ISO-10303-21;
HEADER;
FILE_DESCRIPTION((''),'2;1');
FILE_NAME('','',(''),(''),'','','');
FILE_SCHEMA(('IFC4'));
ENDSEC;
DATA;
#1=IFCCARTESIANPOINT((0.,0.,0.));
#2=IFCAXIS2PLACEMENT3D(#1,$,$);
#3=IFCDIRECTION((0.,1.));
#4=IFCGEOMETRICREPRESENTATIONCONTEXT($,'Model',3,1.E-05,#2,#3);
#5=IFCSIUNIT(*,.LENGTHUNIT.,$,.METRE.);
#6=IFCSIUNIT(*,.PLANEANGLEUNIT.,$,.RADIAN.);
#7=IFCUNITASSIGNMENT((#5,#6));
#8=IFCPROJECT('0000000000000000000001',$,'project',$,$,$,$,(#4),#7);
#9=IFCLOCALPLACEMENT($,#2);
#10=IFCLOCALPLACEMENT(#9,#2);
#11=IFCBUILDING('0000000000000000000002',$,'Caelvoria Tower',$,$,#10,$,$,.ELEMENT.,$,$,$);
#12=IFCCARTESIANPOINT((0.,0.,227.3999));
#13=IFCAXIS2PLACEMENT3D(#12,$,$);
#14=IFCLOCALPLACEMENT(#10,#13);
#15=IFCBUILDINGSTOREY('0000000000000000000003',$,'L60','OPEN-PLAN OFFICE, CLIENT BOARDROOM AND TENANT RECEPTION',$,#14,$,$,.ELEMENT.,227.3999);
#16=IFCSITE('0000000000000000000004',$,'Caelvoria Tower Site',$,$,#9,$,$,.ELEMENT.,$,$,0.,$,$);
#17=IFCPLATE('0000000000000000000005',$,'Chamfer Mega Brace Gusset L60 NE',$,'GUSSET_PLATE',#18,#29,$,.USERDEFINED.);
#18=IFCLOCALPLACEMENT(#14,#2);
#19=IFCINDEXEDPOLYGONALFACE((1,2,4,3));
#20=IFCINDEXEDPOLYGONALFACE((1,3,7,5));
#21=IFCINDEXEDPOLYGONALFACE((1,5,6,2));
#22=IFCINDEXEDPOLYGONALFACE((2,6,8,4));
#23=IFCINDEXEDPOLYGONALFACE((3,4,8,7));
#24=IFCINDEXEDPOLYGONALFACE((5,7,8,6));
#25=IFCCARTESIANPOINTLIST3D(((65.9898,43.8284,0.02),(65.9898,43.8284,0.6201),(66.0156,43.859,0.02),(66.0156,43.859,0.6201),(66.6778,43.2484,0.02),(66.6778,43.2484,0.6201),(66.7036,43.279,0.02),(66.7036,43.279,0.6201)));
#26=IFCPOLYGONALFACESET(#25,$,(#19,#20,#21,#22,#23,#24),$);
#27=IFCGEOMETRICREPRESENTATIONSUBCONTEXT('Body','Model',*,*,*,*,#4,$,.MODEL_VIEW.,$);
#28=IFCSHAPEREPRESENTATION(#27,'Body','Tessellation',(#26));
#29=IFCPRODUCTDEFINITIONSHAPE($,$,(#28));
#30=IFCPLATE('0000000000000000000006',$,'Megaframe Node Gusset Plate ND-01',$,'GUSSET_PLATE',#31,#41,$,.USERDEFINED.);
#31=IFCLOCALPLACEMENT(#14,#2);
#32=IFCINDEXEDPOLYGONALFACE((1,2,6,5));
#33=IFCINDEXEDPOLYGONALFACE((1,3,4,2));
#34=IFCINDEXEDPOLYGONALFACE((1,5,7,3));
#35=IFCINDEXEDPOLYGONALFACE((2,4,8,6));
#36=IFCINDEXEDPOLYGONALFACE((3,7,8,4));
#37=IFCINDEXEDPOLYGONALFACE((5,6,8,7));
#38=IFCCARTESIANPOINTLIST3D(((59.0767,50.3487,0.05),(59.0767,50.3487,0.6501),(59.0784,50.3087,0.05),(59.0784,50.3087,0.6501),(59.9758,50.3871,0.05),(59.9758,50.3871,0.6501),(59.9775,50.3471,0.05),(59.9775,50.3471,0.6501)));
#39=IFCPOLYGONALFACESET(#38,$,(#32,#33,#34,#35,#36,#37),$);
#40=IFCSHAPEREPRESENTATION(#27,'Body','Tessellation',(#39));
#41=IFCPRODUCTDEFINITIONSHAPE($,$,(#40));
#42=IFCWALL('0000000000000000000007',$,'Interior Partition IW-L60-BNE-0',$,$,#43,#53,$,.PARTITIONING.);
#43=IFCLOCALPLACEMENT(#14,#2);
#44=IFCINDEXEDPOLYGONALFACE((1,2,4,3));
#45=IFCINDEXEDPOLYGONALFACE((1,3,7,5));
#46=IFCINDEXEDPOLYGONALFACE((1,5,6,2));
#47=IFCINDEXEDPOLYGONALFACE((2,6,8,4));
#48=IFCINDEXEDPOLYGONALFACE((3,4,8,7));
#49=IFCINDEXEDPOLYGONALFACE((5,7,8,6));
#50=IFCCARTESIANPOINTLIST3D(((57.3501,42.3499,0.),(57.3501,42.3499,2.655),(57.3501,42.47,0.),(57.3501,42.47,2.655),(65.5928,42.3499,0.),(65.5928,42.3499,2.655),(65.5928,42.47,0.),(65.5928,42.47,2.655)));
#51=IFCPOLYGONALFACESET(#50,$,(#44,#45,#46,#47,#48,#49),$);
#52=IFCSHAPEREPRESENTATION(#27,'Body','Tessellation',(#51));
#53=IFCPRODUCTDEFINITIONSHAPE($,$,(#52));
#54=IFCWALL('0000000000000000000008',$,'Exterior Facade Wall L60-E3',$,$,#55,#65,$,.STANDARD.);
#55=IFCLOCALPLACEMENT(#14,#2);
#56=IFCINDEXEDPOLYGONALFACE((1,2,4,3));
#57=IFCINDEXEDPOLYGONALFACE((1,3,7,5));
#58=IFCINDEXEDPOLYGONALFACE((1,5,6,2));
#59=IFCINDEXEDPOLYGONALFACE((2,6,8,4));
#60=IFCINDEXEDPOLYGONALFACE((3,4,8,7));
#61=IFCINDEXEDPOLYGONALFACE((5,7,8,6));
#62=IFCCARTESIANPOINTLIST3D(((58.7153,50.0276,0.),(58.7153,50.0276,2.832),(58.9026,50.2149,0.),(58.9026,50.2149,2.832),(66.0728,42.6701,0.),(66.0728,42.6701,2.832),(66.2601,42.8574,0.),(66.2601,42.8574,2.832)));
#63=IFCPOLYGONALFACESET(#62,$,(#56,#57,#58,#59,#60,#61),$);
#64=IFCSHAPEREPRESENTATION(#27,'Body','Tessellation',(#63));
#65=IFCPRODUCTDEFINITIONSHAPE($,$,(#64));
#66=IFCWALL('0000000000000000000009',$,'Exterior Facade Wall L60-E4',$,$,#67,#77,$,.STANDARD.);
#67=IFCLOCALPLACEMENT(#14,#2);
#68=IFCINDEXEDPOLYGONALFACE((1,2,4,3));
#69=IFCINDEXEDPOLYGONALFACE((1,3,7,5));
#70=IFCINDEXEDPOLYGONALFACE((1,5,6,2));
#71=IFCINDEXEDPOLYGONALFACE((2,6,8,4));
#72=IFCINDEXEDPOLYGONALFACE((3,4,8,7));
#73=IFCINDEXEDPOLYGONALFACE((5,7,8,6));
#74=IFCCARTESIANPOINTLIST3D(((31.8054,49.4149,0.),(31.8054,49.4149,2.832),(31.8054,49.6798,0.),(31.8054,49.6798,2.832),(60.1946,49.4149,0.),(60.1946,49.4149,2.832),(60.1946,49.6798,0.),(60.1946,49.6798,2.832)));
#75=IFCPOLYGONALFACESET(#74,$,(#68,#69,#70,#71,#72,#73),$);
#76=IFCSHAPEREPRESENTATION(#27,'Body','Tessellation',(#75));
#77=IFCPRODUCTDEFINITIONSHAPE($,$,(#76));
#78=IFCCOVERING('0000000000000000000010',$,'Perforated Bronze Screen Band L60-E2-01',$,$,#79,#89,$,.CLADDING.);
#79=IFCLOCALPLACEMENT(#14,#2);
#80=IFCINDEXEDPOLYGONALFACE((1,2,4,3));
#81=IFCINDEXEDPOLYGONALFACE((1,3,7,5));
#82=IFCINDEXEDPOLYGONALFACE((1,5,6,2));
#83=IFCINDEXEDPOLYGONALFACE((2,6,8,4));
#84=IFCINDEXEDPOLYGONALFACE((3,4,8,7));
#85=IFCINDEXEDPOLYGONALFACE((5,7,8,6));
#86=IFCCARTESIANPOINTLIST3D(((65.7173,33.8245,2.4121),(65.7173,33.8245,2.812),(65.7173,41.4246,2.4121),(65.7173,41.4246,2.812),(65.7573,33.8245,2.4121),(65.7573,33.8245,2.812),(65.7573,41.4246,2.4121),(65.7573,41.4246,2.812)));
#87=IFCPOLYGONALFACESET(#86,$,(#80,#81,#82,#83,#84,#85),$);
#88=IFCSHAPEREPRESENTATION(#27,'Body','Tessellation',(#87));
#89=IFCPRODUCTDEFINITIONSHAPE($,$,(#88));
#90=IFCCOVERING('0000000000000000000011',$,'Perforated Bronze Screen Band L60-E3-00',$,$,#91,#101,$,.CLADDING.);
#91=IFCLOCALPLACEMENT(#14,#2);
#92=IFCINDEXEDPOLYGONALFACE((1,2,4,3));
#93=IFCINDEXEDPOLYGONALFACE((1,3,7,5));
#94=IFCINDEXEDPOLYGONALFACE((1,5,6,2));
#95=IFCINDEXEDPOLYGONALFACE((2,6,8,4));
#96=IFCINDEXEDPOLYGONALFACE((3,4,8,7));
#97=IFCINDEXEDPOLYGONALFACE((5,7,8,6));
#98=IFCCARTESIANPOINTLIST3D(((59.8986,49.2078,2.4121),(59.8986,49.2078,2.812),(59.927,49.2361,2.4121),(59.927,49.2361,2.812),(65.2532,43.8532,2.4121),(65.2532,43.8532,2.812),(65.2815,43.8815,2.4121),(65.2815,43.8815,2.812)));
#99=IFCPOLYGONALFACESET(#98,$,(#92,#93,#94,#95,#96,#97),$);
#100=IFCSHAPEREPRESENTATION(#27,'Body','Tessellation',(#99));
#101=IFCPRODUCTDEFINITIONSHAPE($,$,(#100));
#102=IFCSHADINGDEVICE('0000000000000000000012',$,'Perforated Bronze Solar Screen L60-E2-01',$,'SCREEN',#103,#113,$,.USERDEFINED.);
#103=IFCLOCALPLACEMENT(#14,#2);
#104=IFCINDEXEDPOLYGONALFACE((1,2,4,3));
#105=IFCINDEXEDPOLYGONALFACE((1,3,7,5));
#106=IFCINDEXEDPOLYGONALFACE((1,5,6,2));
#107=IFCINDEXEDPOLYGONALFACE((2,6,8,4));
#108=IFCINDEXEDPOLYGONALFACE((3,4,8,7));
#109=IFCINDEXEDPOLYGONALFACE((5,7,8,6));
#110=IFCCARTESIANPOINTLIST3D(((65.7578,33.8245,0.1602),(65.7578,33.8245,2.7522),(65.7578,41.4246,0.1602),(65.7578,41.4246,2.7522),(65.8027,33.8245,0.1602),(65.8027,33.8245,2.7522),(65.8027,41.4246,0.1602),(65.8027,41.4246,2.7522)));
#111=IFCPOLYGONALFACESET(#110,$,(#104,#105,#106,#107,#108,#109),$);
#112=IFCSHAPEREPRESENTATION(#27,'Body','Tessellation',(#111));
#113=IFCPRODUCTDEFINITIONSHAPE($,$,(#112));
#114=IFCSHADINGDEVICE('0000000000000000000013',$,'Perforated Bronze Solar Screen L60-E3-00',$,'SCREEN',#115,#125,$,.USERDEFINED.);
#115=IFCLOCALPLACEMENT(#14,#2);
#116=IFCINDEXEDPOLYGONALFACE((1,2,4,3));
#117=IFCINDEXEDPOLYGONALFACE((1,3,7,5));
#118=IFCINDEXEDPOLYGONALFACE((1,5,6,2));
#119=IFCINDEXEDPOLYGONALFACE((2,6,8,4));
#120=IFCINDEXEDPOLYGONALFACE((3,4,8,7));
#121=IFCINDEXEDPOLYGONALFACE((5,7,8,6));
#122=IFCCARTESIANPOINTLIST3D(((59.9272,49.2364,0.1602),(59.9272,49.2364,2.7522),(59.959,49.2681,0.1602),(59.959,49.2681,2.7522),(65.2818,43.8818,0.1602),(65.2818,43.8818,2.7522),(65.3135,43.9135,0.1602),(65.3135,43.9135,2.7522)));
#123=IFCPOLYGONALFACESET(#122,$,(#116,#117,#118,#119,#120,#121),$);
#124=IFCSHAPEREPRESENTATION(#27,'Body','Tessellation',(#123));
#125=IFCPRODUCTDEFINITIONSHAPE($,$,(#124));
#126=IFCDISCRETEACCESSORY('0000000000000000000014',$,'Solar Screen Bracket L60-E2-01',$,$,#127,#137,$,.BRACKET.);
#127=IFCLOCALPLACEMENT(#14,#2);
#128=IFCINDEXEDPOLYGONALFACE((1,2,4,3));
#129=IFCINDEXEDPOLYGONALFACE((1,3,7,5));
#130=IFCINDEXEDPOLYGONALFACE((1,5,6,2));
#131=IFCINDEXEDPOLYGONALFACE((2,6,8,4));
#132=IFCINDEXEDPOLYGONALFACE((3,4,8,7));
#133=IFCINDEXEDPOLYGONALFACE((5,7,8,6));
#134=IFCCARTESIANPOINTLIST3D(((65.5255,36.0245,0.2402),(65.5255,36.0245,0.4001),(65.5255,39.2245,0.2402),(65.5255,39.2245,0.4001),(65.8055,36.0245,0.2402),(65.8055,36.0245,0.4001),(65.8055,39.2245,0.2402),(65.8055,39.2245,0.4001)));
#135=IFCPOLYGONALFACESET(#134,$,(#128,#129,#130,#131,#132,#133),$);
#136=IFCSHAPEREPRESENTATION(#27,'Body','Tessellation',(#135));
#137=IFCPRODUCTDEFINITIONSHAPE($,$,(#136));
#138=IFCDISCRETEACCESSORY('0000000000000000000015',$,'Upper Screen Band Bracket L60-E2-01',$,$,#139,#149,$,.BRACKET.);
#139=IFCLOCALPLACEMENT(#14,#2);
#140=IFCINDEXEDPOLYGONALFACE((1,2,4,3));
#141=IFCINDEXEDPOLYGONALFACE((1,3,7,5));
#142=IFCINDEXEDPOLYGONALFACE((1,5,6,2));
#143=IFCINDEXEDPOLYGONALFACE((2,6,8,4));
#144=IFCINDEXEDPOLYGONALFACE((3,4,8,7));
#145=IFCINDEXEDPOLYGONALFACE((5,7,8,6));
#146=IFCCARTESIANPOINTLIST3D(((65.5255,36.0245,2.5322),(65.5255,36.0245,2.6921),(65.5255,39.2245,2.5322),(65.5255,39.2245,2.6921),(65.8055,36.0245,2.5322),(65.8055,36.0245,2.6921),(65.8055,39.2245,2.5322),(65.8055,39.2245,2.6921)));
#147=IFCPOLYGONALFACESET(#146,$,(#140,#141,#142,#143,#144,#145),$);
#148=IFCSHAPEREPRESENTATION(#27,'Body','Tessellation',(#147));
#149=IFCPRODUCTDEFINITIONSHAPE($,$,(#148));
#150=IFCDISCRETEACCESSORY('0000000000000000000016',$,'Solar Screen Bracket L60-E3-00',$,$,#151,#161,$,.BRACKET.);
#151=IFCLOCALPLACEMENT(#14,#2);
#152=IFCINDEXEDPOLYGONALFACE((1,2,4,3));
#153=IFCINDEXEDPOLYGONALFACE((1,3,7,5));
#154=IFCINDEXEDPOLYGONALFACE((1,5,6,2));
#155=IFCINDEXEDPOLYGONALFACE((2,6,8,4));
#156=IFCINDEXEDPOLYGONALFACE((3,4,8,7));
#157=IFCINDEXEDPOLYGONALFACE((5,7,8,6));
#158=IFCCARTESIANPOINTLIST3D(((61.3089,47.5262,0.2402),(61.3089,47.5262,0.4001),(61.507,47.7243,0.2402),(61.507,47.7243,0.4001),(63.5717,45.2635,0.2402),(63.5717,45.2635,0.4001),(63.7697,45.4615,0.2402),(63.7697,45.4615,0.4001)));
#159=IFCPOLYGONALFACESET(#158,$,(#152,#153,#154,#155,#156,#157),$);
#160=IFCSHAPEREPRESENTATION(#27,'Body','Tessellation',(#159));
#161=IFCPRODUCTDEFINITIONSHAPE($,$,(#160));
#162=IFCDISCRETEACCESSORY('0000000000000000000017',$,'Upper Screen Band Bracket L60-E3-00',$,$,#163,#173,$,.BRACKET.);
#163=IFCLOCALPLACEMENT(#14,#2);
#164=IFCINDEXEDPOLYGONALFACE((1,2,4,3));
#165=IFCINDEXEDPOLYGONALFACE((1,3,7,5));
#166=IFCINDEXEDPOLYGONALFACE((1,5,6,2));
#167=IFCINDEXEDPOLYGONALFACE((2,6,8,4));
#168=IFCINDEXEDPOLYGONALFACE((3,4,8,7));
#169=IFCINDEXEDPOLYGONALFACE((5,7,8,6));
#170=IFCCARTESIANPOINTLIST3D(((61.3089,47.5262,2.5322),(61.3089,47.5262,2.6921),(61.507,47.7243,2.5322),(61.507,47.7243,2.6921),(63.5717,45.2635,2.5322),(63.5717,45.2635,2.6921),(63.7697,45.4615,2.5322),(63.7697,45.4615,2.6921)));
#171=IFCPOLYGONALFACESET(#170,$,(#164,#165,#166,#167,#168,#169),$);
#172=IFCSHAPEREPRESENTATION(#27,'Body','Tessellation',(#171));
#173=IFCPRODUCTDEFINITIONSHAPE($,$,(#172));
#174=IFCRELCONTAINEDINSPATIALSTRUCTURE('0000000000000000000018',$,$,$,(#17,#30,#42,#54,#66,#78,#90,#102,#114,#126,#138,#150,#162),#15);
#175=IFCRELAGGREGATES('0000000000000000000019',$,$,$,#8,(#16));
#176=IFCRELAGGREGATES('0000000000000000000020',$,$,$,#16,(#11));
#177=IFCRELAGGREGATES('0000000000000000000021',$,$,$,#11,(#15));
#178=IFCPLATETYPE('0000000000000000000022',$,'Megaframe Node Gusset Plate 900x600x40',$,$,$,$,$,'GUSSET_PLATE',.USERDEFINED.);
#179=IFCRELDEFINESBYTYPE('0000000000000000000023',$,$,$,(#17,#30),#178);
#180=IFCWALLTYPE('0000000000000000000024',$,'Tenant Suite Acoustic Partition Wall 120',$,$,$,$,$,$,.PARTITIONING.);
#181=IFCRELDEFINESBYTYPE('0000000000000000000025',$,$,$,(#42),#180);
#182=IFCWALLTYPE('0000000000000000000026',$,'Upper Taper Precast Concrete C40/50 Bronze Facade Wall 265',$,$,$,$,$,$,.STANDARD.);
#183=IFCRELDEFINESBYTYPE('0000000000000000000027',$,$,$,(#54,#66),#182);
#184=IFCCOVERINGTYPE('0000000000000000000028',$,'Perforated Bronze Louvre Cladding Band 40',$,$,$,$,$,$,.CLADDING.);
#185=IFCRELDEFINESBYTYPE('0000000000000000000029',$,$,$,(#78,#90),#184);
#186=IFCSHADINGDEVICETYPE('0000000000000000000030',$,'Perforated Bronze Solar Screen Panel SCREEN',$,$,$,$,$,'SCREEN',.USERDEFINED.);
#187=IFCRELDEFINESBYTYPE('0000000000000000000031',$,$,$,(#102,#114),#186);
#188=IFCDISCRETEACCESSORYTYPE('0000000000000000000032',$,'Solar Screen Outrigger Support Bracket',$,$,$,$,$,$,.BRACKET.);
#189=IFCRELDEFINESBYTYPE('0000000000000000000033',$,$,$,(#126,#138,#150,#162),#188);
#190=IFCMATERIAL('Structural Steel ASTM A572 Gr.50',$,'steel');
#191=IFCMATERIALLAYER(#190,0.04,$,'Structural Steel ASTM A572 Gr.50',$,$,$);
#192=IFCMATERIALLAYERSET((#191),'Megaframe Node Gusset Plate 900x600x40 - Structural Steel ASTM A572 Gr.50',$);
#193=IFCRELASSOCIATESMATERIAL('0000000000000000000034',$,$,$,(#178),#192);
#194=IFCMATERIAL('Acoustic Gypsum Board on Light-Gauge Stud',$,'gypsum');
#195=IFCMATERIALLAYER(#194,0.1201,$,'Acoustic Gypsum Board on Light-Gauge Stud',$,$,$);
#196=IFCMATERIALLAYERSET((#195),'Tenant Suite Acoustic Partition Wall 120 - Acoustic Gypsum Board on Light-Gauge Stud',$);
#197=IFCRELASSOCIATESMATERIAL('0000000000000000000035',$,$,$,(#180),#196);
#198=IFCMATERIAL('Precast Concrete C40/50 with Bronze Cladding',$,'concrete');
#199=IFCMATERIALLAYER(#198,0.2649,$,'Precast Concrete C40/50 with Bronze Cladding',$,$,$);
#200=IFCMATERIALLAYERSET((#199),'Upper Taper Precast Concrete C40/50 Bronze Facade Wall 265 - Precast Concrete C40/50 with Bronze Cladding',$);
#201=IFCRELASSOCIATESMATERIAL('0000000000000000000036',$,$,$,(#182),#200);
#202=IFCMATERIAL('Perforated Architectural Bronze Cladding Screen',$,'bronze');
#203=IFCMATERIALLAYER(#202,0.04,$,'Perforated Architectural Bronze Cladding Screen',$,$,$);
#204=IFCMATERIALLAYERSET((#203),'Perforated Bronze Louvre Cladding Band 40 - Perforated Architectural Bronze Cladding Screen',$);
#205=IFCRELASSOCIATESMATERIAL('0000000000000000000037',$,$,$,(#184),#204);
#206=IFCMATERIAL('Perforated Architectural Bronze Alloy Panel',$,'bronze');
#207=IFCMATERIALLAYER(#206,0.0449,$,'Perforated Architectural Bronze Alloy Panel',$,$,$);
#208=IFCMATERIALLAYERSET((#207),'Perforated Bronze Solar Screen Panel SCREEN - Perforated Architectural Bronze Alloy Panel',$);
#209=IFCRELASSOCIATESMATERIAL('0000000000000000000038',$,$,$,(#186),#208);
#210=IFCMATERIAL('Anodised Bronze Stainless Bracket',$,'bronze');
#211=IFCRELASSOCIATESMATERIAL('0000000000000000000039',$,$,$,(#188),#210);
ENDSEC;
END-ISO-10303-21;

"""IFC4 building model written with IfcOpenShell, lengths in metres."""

from ifc_helpers import new_model, si_unit, direction, frame, frame_2d, origin, origin_2d, place, context, subcontext, project, spatial, rectangle, extrude, material, layer, layer_set, type_object, element, save


model = new_model("IFC4")

# Units and contexts
model_context = context("Model", 3, precision=1e-05, world=origin(), true_north=direction((0.0, 1.0)))
body_context = subcontext(model_context, "Body", "Model", "MODEL_VIEW")
ifc_project = project(units=[si_unit("LENGTHUNIT", "METRE"), si_unit("PLANEANGLEUNIT", "RADIAN")], contexts=[model_context])

# Site, building, storey
site_placement = place(None, origin())
site = spatial("IfcSite", under=ifc_project, at=site_placement, Name="Caelvoria Tower Site", CompositionType="ELEMENT", RefElevation=0.0)
building_placement = place(site_placement, origin())
building = spatial("IfcBuilding", under=site, at=building_placement, Name="Caelvoria Tower", CompositionType="ELEMENT")
storey_placement = place(building_placement, frame((0.0, 0.0, 227.3999)))
storey = spatial("IfcBuildingStorey", under=building, at=storey_placement, Name="L60", Description="OPEN-PLAN OFFICE, CLIENT BOARDROOM AND TENANT RECEPTION", CompositionType="ELEMENT", Elevation=227.3999)

# Shared definitions
ifc_material_1 = material(Name="Structural Steel ASTM A572 Gr.50", Category="steel")

# Plates
ifc_layer_1 = layer(ifc_material_1, 0.04, Name="Structural Steel ASTM A572 Gr.50")
ifc_layer_set_1 = layer_set([ifc_layer_1], Name="Megaframe Node Gusset Plate 900x600x40 - Structural Steel ASTM A572 Gr.50")
plate_type = type_object("IfcPlateType", Name="Megaframe Node Gusset Plate 900x600x40", ElementType="GUSSET_PLATE", PredefinedType="USERDEFINED", material=ifc_layer_set_1)
for number, where, z_axis, x_axis, name in (
    (1, (66.3467, 43.5537, 0.02), (0.0, 0.0, 1.0), (-0.764533, 0.644584, 0.0), "Chamfer Mega Brace Gusset L60 NE"),
    (2, (59.5271, 50.3479, 0.05), (0.0, 0.0, 1.0), (-0.999092, -0.042608, 0.0), "Megaframe Node Gusset Plate ND-01"),
):
    element("IfcPlate", number, at=place(storey_placement, frame(where, z_axis=z_axis, x_axis=x_axis)), inside=storey, type_object=plate_type, Name=name, ObjectType="GUSSET_PLATE", PredefinedType="USERDEFINED", context=body_context, shape_type="SweptSolid", body=[
        extrude(rectangle(XDim=0.8999, YDim=0.04, at=origin_2d()), origin(), (0.0, 0.0, 1.0), 0.6001),
    ])

# Walls
ifc_material_2 = material(Name="Acoustic Gypsum Board on Light-Gauge Stud", Category="gypsum")
ifc_layer_2 = layer(ifc_material_2, 0.1201, Name="Acoustic Gypsum Board on Light-Gauge Stud")
ifc_layer_set_2 = layer_set([ifc_layer_2], Name="Tenant Suite Acoustic Partition Wall 120 - Acoustic Gypsum Board on Light-Gauge Stud")
wall_type_1 = type_object("IfcWallType", Name="Tenant Suite Acoustic Partition Wall 120", PredefinedType="PARTITIONING", material=ifc_layer_set_2)
wall_1_placement = place(storey_placement, frame((57.3501, 42.4099, 0.0), z_axis=(0.0, 0.0, 1.0), x_axis=(1.0, 0.0, 0.0)))
element("IfcWall", 3, at=wall_1_placement, inside=storey, type_object=wall_type_1, Name="Interior Partition IW-L60-BNE-0", PredefinedType="PARTITIONING", context=body_context, shape_type="SweptSolid", body=[
    extrude(rectangle(XDim=8.2427, YDim=0.1201, at=frame_2d((4.1213, 0.0))), origin(), (0.0, 0.0, 1.0), 2.655),
])
ifc_material_3 = material(Name="Precast Concrete C40/50 with Bronze Cladding", Category="concrete")
ifc_layer_3 = layer(ifc_material_3, 0.2649, Name="Precast Concrete C40/50 with Bronze Cladding")
ifc_layer_set_3 = layer_set([ifc_layer_3], Name="Upper Taper Precast Concrete C40/50 Bronze Facade Wall 265 - Precast Concrete C40/50 with Bronze Cladding")
wall_type_2 = type_object("IfcWallType", Name="Upper Taper Precast Concrete C40/50 Bronze Facade Wall 265", PredefinedType="STANDARD", material=ifc_layer_set_3)
wall_2_placement = place(storey_placement, frame((66.1665, 42.7637, 0.0), z_axis=(0.0, 0.0, 1.0), x_axis=(-0.707107, 0.707107, 0.0)))
element("IfcWall", 4, at=wall_2_placement, inside=storey, type_object=wall_type_2, Name="Exterior Facade Wall L60-E3", PredefinedType="STANDARD", context=body_context, shape_type="SweptSolid", body=[
    extrude(rectangle(XDim=10.405, YDim=0.2649, at=frame_2d((5.2026, 0.0))), origin(), (0.0, 0.0, 1.0), 2.832),
])
wall_3_placement = place(storey_placement, frame((60.1946, 49.5474, 0.0), z_axis=(0.0, 0.0, 1.0), x_axis=(-1.0, 0.0, 0.0)))
element("IfcWall", 5, at=wall_3_placement, inside=storey, type_object=wall_type_2, Name="Exterior Facade Wall L60-E4", PredefinedType="STANDARD", context=body_context, shape_type="SweptSolid", body=[
    extrude(rectangle(XDim=28.3892, YDim=0.2649, at=frame_2d((14.1946, 0.0))), origin(), (0.0, 0.0, 1.0), 2.832),
])

# Coverings
ifc_material_4 = material(Name="Perforated Architectural Bronze Cladding Screen", Category="bronze")
ifc_layer_4 = layer(ifc_material_4, 0.04, Name="Perforated Architectural Bronze Cladding Screen")
ifc_layer_set_4 = layer_set([ifc_layer_4], Name="Perforated Bronze Louvre Cladding Band 40 - Perforated Architectural Bronze Cladding Screen")
covering_type = type_object("IfcCoveringType", Name="Perforated Bronze Louvre Cladding Band 40", PredefinedType="CLADDING", material=ifc_layer_set_4)
covering_1_placement = place(storey_placement, frame((65.7373, 37.6245, 2.4121), z_axis=(0.0, 0.0, 1.0), x_axis=(0.0, 1.0, 0.0)))
element("IfcCovering", 6, at=covering_1_placement, inside=storey, type_object=covering_type, Name="Perforated Bronze Screen Band L60-E2-01", PredefinedType="CLADDING", context=body_context, shape_type="SweptSolid", body=[
    extrude(rectangle(XDim=7.6001, YDim=0.04, at=origin_2d()), origin(), (0.0, 0.0, 1.0), 0.3999),
])
covering_2_placement = place(storey_placement, frame((62.5901, 46.5447, 2.4121), z_axis=(0.0, 0.0, 1.0), x_axis=(-0.707107, 0.707107, 0.0)))
element("IfcCovering", 7, at=covering_2_placement, inside=storey, type_object=covering_type, Name="Perforated Bronze Screen Band L60-E3-00", PredefinedType="CLADDING", context=body_context, shape_type="SweptSolid", body=[
    extrude(rectangle(XDim=7.5725, YDim=0.04, at=origin_2d()), origin(), (0.0, 0.0, 1.0), 0.3999),
])

# Shading devices
ifc_material_5 = material(Name="Perforated Architectural Bronze Alloy Panel", Category="bronze")
ifc_layer_5 = layer(ifc_material_5, 0.0449, Name="Perforated Architectural Bronze Alloy Panel")
ifc_layer_set_5 = layer_set([ifc_layer_5], Name="Perforated Bronze Solar Screen Panel SCREEN - Perforated Architectural Bronze Alloy Panel")
shading_device_type = type_object("IfcShadingDeviceType", Name="Perforated Bronze Solar Screen Panel SCREEN", ElementType="SCREEN", PredefinedType="USERDEFINED", material=ifc_layer_set_5)
shading_device_1_placement = place(storey_placement, frame((65.7803, 37.6245, 0.1602), z_axis=(0.0, 0.0, 1.0), x_axis=(0.0, 1.0, 0.0)))
element("IfcShadingDevice", 8, at=shading_device_1_placement, inside=storey, type_object=shading_device_type, Name="Perforated Bronze Solar Screen L60-E2-01", ObjectType="SCREEN", PredefinedType="USERDEFINED", context=body_context, shape_type="SweptSolid", body=[
    extrude(rectangle(XDim=7.6001, YDim=0.0449, at=origin_2d()), origin(), (0.0, 0.0, 1.0), 2.592),
])
shading_device_2_placement = place(storey_placement, frame((62.6204, 46.575, 0.1602), z_axis=(0.0, 0.0, 1.0), x_axis=(-0.707107, 0.707107, 0.0)))
element("IfcShadingDevice", 9, at=shading_device_2_placement, inside=storey, type_object=shading_device_type, Name="Perforated Bronze Solar Screen L60-E3-00", ObjectType="SCREEN", PredefinedType="USERDEFINED", context=body_context, shape_type="SweptSolid", body=[
    extrude(rectangle(XDim=7.5725, YDim=0.0449, at=origin_2d()), origin(), (0.0, 0.0, 1.0), 2.592),
])

# Discrete accessories
ifc_material_6 = material(Name="Anodised Bronze Stainless Bracket", Category="bronze")
discrete_accessory_type = type_object("IfcDiscreteAccessoryType", Name="Solar Screen Outrigger Support Bracket", PredefinedType="BRACKET", material=ifc_material_6)
for number, where, z_axis, x_axis, name in (
    (10, (65.6655, 37.6245, 0.2402), (0.0, 0.0, 1.0), (0.0, 1.0, 0.0), "Solar Screen Bracket L60-E2-01"),
    (11, (65.6655, 37.6245, 2.5322), (0.0, 0.0, 1.0), (0.0, 1.0, 0.0), "Upper Screen Band Bracket L60-E2-01"),
    (12, (62.5393, 46.4939, 0.2402), (0.0, 0.0, 1.0), (-0.707107, 0.707107, 0.0), "Solar Screen Bracket L60-E3-00"),
    (13, (62.5393, 46.4939, 2.5322), (0.0, 0.0, 1.0), (-0.707107, 0.707107, 0.0), "Upper Screen Band Bracket L60-E3-00"),
):
    element("IfcDiscreteAccessory", number, at=place(storey_placement, frame(where, z_axis=z_axis, x_axis=x_axis)), inside=storey, type_object=discrete_accessory_type, Name=name, PredefinedType="BRACKET", context=body_context, shape_type="SweptSolid", body=[
        extrude(rectangle(XDim=3.2, YDim=0.28, at=origin_2d()), origin(), (0.0, 0.0, 1.0), 0.1599),
    ])

save(model, "model.ifc")
